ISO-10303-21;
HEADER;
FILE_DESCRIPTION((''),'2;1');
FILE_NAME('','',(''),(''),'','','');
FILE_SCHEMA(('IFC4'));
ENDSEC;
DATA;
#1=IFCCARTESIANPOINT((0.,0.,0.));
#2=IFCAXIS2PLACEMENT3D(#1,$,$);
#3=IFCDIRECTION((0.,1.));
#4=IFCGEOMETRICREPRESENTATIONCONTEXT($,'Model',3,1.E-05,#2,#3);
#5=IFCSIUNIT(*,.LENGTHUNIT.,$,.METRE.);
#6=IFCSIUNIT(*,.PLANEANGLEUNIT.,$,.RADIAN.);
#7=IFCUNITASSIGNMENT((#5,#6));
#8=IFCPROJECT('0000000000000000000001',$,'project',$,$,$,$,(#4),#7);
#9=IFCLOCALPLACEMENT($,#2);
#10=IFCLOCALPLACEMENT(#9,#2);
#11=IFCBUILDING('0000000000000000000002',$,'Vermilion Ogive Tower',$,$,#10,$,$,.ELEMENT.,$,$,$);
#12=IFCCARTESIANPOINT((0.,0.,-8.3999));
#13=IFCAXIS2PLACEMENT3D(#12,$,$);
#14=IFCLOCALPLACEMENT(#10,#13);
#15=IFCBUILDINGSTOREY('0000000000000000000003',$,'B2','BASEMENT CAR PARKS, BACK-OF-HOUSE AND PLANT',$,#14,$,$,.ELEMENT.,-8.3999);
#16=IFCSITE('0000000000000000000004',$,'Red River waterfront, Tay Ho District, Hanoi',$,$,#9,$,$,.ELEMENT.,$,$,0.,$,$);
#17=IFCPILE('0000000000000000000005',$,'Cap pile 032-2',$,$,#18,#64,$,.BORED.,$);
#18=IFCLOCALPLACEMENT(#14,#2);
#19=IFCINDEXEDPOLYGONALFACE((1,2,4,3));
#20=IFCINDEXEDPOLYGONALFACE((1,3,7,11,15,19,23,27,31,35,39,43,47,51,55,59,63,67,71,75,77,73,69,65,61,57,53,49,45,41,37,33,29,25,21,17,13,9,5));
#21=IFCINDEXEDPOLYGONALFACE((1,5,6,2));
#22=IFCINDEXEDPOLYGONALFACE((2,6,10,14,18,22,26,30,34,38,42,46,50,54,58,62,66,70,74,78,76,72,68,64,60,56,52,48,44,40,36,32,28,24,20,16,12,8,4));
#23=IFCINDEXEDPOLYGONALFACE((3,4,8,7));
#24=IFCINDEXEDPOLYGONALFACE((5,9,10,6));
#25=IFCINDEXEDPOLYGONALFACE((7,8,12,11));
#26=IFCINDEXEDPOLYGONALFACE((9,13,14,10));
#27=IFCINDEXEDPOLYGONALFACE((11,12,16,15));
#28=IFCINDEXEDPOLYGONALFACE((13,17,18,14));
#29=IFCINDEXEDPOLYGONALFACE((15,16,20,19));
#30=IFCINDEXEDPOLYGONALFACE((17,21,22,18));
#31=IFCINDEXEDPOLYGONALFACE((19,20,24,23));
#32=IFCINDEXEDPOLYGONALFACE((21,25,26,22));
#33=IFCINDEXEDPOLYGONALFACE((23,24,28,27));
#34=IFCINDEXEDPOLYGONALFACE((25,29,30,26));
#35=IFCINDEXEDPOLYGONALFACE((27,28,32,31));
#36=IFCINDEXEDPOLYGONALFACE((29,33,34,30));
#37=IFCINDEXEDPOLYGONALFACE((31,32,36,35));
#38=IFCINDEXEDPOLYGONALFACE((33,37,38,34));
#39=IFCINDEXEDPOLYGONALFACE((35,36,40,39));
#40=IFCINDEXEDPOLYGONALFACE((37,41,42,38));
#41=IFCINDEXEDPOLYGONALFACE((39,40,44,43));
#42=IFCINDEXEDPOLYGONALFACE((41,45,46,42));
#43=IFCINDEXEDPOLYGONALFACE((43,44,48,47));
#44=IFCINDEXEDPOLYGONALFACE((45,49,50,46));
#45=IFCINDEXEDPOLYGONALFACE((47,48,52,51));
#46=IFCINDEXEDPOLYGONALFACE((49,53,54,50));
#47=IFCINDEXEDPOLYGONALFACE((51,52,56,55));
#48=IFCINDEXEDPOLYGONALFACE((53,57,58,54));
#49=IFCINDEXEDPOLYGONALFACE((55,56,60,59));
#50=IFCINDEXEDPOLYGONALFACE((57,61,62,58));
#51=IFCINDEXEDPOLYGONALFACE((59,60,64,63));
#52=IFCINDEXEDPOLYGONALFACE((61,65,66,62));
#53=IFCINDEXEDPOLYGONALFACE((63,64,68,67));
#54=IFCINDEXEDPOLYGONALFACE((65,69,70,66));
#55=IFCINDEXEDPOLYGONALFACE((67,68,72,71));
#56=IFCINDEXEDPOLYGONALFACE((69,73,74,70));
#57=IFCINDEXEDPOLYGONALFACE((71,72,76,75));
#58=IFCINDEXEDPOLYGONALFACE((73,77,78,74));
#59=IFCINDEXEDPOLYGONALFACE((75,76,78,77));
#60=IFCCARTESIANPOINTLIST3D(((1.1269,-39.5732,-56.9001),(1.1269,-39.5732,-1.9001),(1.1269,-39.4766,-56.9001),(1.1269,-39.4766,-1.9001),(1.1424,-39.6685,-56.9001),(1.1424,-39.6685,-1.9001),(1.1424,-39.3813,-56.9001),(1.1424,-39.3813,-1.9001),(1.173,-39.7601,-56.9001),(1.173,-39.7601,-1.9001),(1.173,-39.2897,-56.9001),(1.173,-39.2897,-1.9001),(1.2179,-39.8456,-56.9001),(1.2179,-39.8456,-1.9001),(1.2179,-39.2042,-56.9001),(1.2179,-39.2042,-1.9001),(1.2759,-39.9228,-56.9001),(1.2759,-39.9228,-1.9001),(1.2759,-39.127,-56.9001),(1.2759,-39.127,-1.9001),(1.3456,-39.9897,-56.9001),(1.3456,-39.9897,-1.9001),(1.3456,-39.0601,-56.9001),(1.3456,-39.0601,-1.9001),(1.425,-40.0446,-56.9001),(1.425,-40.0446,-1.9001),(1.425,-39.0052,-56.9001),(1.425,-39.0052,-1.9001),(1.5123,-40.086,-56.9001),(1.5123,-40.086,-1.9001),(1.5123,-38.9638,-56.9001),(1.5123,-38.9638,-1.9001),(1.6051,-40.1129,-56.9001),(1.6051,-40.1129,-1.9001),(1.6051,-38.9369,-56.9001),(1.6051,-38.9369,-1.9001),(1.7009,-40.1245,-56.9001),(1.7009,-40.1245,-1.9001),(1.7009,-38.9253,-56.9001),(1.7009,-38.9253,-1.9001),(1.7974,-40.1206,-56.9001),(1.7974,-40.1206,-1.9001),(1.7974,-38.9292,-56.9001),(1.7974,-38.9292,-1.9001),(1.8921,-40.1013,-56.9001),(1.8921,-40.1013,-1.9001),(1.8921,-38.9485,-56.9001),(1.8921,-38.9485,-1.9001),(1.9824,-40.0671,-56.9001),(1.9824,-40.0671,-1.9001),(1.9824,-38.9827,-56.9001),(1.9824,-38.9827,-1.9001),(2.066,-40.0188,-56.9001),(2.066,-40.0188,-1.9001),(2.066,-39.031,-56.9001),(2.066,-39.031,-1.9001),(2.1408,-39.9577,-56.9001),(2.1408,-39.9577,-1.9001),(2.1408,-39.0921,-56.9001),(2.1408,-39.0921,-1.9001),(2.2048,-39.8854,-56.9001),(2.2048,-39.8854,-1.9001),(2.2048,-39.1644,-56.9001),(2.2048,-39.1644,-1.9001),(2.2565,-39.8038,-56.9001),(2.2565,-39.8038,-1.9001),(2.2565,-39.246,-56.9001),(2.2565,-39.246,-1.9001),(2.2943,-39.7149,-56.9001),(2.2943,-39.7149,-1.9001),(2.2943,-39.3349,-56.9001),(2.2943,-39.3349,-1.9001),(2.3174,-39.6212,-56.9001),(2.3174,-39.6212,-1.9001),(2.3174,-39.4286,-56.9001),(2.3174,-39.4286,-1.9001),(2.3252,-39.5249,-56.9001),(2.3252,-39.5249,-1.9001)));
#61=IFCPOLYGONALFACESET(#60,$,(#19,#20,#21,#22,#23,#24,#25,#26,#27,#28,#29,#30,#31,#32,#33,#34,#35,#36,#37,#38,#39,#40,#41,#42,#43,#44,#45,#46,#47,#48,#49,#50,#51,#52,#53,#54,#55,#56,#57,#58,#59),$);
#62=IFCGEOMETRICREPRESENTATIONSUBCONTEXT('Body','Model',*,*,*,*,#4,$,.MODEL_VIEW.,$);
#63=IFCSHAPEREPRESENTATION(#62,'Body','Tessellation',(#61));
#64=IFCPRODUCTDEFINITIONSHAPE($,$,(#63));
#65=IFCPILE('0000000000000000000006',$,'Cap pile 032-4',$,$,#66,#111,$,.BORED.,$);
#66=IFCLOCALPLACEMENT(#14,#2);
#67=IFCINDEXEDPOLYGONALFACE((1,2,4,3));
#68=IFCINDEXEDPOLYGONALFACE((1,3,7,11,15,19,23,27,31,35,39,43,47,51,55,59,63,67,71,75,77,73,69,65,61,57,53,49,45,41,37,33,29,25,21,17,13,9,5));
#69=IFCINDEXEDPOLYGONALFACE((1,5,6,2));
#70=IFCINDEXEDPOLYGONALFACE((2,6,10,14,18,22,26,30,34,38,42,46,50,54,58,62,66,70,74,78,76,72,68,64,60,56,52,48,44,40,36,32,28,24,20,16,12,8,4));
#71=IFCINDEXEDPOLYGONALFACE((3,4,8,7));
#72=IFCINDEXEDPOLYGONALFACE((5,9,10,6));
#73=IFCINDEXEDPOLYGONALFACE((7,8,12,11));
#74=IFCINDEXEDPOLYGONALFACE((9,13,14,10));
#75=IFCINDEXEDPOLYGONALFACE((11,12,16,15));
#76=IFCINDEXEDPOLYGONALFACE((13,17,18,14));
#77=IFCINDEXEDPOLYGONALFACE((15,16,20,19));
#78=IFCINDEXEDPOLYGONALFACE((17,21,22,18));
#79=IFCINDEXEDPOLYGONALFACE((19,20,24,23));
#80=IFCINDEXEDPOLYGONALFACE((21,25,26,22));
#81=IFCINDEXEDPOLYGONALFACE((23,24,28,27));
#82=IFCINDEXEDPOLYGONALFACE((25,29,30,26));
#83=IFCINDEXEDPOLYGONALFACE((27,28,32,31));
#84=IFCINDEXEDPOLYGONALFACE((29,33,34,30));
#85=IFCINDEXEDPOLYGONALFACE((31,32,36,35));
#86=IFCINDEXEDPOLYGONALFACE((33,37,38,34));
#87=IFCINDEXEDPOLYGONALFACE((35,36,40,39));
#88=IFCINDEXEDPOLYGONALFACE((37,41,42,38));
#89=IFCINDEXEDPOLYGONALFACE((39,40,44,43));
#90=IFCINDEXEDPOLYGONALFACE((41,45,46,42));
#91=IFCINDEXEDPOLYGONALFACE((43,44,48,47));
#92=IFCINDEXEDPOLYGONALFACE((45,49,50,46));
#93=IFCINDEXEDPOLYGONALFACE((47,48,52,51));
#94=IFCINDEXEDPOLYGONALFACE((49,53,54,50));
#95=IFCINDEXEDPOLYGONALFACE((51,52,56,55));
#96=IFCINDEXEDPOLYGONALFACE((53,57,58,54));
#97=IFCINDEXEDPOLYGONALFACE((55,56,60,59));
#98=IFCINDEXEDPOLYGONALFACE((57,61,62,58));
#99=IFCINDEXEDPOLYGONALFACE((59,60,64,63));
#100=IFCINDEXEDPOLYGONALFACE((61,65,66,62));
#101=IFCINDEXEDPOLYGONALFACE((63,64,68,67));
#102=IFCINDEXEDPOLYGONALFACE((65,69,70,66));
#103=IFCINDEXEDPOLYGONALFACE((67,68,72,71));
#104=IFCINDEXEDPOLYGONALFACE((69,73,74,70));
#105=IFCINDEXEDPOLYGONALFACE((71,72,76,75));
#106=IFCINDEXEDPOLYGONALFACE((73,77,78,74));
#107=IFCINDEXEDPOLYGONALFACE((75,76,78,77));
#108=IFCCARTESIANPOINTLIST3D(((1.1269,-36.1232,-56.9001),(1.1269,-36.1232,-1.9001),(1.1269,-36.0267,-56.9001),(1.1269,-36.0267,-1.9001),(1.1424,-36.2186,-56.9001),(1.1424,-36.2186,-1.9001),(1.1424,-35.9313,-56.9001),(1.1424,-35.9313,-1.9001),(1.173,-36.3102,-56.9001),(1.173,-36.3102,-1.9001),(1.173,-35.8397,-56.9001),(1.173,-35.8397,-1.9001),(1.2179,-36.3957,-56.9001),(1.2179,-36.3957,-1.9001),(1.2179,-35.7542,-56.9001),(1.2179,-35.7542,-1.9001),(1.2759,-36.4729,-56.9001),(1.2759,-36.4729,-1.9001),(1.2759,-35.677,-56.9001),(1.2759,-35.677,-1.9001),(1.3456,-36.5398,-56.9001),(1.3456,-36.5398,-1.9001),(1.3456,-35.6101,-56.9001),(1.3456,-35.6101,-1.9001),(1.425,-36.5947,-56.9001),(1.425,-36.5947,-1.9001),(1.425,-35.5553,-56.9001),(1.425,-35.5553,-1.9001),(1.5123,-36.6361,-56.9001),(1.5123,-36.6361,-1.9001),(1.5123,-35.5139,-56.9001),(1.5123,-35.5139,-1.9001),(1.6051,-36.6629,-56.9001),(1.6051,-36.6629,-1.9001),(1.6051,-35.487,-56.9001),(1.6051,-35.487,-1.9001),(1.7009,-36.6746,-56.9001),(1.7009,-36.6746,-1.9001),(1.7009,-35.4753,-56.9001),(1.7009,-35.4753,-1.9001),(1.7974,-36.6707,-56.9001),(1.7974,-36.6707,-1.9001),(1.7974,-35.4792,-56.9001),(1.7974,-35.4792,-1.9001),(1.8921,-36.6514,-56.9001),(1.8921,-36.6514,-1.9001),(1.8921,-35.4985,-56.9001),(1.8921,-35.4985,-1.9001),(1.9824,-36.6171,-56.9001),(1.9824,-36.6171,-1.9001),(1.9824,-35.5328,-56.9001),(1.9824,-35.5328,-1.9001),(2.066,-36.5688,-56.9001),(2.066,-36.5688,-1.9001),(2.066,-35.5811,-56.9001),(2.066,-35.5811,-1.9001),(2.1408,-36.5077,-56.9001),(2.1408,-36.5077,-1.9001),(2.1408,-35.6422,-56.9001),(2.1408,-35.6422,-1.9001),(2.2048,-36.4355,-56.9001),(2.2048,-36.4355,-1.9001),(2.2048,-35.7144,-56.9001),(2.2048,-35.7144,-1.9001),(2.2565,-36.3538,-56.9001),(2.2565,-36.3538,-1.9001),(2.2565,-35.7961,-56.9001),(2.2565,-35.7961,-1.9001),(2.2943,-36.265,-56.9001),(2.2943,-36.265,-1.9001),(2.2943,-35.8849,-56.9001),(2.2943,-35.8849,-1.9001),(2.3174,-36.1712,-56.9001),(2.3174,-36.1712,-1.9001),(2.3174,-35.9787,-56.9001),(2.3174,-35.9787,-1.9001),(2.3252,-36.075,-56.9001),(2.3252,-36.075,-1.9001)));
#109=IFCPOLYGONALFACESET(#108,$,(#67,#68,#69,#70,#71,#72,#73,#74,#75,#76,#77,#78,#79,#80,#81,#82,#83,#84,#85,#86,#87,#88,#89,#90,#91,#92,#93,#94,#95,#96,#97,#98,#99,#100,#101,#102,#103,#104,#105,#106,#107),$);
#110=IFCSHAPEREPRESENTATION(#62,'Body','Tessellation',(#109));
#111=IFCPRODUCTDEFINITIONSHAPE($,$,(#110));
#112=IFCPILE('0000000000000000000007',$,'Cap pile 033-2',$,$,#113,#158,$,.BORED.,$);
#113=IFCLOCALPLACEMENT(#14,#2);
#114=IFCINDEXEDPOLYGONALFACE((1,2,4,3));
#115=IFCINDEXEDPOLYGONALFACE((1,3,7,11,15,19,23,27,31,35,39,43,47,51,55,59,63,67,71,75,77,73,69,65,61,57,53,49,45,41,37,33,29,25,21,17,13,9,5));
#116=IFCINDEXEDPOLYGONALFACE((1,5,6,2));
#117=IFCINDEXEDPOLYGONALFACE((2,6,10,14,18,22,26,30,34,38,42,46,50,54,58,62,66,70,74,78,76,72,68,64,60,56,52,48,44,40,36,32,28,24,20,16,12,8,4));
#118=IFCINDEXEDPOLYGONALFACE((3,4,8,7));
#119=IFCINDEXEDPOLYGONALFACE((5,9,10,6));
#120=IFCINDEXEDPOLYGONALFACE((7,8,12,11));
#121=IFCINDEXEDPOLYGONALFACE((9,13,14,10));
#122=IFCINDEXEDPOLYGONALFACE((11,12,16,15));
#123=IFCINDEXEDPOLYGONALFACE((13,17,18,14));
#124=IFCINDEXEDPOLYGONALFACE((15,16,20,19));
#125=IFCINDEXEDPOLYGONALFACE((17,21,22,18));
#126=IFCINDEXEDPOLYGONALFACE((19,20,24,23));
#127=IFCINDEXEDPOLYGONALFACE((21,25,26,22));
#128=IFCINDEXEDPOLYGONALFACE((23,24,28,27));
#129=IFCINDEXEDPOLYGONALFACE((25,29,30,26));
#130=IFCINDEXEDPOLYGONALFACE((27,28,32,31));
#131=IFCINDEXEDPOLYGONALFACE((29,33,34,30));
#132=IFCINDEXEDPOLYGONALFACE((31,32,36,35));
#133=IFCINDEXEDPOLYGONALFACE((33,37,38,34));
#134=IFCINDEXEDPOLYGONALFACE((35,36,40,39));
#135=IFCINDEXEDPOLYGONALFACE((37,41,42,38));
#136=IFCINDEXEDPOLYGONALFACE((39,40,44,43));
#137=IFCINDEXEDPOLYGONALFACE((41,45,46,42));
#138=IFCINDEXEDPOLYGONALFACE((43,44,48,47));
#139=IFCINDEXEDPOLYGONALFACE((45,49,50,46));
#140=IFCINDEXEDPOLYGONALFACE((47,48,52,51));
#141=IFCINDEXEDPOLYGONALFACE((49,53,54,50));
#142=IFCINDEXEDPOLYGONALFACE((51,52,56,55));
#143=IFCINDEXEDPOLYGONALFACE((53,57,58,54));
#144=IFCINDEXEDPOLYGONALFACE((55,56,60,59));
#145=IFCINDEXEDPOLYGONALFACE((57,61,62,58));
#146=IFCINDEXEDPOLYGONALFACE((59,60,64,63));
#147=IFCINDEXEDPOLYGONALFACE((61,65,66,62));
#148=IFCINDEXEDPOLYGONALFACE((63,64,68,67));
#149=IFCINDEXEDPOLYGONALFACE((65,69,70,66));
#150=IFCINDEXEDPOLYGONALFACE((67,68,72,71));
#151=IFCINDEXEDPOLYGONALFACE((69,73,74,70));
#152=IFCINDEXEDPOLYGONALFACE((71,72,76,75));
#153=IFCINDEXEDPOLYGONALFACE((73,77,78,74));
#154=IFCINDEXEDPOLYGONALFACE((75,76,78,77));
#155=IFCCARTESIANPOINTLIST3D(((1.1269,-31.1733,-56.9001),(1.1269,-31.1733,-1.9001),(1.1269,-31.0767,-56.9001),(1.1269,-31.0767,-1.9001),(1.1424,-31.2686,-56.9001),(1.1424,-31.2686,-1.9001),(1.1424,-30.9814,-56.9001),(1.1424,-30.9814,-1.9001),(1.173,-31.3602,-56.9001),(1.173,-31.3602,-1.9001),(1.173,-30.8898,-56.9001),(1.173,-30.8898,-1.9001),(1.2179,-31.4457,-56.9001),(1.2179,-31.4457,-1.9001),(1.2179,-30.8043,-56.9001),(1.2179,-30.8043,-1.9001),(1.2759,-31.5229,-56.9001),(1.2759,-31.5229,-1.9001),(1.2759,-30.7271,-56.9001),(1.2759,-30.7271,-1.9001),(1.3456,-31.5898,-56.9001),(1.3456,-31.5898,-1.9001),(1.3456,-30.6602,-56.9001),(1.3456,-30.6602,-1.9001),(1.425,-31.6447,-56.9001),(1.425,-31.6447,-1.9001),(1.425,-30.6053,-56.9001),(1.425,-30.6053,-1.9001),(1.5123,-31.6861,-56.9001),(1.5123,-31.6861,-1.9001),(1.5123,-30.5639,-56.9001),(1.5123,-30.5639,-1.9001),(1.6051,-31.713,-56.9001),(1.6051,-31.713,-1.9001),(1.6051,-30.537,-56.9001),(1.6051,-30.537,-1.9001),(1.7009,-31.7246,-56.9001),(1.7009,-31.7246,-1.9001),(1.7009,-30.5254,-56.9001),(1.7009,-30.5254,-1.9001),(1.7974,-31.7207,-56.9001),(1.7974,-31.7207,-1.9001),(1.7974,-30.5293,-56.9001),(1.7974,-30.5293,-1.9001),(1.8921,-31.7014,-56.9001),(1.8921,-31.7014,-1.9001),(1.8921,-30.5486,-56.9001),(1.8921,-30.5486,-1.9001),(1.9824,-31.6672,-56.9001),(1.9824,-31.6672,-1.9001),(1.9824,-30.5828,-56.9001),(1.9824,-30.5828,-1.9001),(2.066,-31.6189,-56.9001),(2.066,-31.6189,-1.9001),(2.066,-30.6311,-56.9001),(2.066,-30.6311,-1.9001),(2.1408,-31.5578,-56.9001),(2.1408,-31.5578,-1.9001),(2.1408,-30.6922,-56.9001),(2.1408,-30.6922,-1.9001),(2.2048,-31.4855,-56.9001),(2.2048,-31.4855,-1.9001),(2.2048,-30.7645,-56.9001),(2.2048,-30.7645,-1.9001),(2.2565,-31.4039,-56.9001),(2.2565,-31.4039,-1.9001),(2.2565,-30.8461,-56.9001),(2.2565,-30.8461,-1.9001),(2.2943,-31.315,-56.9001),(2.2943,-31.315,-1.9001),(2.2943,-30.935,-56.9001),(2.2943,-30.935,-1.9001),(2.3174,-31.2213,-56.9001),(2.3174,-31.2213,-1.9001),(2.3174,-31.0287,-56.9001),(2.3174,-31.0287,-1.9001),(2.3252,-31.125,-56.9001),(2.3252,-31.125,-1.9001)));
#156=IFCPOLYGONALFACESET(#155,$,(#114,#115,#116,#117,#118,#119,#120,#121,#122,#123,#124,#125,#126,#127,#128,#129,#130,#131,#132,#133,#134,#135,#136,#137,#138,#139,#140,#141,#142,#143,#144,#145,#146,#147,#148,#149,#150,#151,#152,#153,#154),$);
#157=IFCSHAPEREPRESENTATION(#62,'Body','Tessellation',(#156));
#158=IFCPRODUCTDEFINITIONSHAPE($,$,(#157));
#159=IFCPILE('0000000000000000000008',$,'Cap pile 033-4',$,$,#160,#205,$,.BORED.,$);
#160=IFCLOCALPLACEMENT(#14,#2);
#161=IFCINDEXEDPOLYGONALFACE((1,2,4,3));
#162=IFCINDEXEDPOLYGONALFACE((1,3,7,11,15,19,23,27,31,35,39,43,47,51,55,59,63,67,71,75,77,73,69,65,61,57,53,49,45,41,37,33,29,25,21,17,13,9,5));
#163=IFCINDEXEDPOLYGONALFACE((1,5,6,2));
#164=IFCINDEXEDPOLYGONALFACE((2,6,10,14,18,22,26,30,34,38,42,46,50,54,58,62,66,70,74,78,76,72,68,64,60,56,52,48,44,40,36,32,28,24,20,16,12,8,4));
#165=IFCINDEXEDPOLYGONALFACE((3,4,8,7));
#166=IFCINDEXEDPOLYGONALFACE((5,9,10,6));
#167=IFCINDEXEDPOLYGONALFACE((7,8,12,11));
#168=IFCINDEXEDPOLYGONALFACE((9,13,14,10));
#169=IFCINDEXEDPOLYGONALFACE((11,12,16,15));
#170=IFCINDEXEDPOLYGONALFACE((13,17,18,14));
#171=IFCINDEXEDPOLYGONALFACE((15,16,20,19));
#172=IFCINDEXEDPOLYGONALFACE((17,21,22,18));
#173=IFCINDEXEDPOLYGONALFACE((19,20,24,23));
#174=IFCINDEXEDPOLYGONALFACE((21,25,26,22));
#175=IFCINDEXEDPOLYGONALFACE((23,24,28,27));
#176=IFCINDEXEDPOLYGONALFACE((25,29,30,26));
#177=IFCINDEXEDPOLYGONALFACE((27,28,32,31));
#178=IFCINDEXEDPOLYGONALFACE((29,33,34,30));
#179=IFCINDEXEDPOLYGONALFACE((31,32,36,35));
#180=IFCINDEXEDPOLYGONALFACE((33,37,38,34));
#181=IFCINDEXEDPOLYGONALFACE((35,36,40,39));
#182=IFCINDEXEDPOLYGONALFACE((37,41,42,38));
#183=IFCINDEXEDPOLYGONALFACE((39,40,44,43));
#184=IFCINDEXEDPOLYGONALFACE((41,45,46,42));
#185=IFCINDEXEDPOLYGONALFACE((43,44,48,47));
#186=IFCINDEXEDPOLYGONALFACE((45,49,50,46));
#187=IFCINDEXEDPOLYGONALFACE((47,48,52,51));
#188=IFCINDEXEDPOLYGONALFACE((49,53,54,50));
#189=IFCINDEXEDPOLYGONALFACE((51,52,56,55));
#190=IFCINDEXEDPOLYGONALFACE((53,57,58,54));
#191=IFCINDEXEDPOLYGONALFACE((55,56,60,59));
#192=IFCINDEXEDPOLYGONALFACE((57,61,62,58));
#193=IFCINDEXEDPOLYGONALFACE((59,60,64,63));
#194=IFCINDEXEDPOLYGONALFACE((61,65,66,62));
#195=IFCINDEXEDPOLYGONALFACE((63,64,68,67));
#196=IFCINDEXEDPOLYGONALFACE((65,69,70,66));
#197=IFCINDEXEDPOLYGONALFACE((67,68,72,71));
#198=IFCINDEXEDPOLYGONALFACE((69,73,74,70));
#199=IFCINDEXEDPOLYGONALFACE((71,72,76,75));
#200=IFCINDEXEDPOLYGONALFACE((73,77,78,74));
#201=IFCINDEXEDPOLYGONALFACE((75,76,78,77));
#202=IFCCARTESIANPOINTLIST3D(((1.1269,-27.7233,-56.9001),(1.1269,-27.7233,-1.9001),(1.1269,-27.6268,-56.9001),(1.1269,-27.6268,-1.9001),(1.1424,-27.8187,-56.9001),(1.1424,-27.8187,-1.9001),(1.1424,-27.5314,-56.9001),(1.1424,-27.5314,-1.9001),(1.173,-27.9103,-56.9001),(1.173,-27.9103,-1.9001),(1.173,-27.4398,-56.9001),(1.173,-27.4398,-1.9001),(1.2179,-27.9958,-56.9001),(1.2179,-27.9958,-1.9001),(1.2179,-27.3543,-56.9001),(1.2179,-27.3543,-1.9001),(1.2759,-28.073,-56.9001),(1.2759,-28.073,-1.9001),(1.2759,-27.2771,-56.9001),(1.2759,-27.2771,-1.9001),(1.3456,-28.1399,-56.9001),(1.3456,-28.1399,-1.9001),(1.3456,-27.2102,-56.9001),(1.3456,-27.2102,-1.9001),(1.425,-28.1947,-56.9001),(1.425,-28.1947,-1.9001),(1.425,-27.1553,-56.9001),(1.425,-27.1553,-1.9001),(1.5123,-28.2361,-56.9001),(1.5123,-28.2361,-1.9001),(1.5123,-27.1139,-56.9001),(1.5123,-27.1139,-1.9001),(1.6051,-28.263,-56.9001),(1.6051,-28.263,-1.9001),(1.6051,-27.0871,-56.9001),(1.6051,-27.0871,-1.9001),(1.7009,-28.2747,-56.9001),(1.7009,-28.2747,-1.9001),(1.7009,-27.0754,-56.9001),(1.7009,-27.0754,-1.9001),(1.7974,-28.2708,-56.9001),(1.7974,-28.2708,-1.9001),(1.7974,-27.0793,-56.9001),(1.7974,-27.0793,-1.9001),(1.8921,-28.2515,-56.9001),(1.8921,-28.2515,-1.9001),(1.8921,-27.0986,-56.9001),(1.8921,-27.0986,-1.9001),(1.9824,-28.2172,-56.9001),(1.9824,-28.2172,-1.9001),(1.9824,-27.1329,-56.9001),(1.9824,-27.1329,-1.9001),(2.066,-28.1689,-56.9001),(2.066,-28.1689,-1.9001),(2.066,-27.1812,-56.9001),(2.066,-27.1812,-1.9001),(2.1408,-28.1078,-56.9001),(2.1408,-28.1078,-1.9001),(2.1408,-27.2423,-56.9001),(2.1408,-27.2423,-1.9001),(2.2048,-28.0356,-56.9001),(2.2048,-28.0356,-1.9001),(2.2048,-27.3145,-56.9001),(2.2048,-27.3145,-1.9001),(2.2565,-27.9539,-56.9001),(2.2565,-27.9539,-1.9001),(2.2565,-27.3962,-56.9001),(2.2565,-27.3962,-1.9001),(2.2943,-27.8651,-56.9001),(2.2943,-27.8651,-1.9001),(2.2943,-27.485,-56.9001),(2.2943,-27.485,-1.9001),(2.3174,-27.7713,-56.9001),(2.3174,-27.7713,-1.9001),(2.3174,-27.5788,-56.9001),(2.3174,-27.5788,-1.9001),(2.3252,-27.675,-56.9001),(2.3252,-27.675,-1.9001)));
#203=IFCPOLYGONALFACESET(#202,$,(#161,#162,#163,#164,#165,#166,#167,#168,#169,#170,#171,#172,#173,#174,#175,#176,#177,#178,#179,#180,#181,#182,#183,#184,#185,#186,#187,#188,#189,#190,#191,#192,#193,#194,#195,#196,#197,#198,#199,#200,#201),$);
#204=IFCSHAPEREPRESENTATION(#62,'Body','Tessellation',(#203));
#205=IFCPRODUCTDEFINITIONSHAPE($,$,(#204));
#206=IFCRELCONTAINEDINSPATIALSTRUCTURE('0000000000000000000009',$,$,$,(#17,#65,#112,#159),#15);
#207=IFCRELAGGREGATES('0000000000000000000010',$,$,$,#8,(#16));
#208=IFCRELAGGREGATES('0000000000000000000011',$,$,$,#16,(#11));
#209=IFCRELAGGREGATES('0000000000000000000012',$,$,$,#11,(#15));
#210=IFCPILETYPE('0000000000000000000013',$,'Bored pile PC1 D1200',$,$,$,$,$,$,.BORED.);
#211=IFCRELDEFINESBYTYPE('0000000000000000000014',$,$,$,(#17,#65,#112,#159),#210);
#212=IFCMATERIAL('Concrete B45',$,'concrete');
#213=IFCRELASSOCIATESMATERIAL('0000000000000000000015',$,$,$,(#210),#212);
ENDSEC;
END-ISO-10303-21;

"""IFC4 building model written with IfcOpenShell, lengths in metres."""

from ifc_helpers import new_model, si_unit, direction, frame, origin, origin_2d, place, context, subcontext, project, spatial, circle, extrude, material, type_object, element, save


model = new_model("IFC4")

# Units and contexts
model_context = context("Model", 3, precision=1e-05, world=origin(), true_north=direction((0.0, 1.0)))
body_context = subcontext(model_context, "Body", "Model", "MODEL_VIEW")
ifc_project = project(units=[si_unit("LENGTHUNIT", "METRE"), si_unit("PLANEANGLEUNIT", "RADIAN")], contexts=[model_context])

# Site, building, storey
site_placement = place(None, origin())
site = spatial("IfcSite", under=ifc_project, at=site_placement, Name="Red River waterfront, Tay Ho District, Hanoi", CompositionType="ELEMENT", RefElevation=0.0)
building_placement = place(site_placement, origin())
building = spatial("IfcBuilding", under=site, at=building_placement, Name="Vermilion Ogive Tower", CompositionType="ELEMENT")
storey_placement = place(building_placement, frame((0.0, 0.0, -8.3999)))
storey = spatial("IfcBuildingStorey", under=building, at=storey_placement, Name="B2", Description="BASEMENT CAR PARKS, BACK-OF-HOUSE AND PLANT", CompositionType="ELEMENT", Elevation=-8.3999)

# Piles
ifc_material_1 = material(Name="Concrete B45", Category="concrete")
pile_type_1 = type_object("IfcPileType", Name="Bored pile PC1 D1200", PredefinedType="BORED", material=ifc_material_1)
for number, where, z_axis, x_axis, name in (
    (1, (1.7251, -39.5249, -1.9001), (0.0, 0.0, -1.0), (1.0, 0.0, 0.0), "Cap pile 032-2"),
    (2, (1.7251, -36.075, -1.9001), (0.0, 0.0, -1.0), (1.0, 0.0, 0.0), "Cap pile 032-4"),
    (3, (1.7251, -31.125, -1.9001), (0.0, 0.0, -1.0), (1.0, 0.0, 0.0), "Cap pile 033-2"),
    (4, (1.7251, -27.675, -1.9001), (0.0, 0.0, -1.0), (1.0, 0.0, 0.0), "Cap pile 033-4"),
):
    element("IfcPile", number, at=place(storey_placement, frame(where, z_axis=z_axis, x_axis=x_axis)), inside=storey, type_object=pile_type_1, Name=name, PredefinedType="BORED", context=body_context, shape_type="SweptSolid", body=[
        extrude(circle(Radius=0.6001, at=origin_2d()), origin(), (0.0, 0.0, 1.0), 55.0),
    ])

save(model, "model.ifc")
